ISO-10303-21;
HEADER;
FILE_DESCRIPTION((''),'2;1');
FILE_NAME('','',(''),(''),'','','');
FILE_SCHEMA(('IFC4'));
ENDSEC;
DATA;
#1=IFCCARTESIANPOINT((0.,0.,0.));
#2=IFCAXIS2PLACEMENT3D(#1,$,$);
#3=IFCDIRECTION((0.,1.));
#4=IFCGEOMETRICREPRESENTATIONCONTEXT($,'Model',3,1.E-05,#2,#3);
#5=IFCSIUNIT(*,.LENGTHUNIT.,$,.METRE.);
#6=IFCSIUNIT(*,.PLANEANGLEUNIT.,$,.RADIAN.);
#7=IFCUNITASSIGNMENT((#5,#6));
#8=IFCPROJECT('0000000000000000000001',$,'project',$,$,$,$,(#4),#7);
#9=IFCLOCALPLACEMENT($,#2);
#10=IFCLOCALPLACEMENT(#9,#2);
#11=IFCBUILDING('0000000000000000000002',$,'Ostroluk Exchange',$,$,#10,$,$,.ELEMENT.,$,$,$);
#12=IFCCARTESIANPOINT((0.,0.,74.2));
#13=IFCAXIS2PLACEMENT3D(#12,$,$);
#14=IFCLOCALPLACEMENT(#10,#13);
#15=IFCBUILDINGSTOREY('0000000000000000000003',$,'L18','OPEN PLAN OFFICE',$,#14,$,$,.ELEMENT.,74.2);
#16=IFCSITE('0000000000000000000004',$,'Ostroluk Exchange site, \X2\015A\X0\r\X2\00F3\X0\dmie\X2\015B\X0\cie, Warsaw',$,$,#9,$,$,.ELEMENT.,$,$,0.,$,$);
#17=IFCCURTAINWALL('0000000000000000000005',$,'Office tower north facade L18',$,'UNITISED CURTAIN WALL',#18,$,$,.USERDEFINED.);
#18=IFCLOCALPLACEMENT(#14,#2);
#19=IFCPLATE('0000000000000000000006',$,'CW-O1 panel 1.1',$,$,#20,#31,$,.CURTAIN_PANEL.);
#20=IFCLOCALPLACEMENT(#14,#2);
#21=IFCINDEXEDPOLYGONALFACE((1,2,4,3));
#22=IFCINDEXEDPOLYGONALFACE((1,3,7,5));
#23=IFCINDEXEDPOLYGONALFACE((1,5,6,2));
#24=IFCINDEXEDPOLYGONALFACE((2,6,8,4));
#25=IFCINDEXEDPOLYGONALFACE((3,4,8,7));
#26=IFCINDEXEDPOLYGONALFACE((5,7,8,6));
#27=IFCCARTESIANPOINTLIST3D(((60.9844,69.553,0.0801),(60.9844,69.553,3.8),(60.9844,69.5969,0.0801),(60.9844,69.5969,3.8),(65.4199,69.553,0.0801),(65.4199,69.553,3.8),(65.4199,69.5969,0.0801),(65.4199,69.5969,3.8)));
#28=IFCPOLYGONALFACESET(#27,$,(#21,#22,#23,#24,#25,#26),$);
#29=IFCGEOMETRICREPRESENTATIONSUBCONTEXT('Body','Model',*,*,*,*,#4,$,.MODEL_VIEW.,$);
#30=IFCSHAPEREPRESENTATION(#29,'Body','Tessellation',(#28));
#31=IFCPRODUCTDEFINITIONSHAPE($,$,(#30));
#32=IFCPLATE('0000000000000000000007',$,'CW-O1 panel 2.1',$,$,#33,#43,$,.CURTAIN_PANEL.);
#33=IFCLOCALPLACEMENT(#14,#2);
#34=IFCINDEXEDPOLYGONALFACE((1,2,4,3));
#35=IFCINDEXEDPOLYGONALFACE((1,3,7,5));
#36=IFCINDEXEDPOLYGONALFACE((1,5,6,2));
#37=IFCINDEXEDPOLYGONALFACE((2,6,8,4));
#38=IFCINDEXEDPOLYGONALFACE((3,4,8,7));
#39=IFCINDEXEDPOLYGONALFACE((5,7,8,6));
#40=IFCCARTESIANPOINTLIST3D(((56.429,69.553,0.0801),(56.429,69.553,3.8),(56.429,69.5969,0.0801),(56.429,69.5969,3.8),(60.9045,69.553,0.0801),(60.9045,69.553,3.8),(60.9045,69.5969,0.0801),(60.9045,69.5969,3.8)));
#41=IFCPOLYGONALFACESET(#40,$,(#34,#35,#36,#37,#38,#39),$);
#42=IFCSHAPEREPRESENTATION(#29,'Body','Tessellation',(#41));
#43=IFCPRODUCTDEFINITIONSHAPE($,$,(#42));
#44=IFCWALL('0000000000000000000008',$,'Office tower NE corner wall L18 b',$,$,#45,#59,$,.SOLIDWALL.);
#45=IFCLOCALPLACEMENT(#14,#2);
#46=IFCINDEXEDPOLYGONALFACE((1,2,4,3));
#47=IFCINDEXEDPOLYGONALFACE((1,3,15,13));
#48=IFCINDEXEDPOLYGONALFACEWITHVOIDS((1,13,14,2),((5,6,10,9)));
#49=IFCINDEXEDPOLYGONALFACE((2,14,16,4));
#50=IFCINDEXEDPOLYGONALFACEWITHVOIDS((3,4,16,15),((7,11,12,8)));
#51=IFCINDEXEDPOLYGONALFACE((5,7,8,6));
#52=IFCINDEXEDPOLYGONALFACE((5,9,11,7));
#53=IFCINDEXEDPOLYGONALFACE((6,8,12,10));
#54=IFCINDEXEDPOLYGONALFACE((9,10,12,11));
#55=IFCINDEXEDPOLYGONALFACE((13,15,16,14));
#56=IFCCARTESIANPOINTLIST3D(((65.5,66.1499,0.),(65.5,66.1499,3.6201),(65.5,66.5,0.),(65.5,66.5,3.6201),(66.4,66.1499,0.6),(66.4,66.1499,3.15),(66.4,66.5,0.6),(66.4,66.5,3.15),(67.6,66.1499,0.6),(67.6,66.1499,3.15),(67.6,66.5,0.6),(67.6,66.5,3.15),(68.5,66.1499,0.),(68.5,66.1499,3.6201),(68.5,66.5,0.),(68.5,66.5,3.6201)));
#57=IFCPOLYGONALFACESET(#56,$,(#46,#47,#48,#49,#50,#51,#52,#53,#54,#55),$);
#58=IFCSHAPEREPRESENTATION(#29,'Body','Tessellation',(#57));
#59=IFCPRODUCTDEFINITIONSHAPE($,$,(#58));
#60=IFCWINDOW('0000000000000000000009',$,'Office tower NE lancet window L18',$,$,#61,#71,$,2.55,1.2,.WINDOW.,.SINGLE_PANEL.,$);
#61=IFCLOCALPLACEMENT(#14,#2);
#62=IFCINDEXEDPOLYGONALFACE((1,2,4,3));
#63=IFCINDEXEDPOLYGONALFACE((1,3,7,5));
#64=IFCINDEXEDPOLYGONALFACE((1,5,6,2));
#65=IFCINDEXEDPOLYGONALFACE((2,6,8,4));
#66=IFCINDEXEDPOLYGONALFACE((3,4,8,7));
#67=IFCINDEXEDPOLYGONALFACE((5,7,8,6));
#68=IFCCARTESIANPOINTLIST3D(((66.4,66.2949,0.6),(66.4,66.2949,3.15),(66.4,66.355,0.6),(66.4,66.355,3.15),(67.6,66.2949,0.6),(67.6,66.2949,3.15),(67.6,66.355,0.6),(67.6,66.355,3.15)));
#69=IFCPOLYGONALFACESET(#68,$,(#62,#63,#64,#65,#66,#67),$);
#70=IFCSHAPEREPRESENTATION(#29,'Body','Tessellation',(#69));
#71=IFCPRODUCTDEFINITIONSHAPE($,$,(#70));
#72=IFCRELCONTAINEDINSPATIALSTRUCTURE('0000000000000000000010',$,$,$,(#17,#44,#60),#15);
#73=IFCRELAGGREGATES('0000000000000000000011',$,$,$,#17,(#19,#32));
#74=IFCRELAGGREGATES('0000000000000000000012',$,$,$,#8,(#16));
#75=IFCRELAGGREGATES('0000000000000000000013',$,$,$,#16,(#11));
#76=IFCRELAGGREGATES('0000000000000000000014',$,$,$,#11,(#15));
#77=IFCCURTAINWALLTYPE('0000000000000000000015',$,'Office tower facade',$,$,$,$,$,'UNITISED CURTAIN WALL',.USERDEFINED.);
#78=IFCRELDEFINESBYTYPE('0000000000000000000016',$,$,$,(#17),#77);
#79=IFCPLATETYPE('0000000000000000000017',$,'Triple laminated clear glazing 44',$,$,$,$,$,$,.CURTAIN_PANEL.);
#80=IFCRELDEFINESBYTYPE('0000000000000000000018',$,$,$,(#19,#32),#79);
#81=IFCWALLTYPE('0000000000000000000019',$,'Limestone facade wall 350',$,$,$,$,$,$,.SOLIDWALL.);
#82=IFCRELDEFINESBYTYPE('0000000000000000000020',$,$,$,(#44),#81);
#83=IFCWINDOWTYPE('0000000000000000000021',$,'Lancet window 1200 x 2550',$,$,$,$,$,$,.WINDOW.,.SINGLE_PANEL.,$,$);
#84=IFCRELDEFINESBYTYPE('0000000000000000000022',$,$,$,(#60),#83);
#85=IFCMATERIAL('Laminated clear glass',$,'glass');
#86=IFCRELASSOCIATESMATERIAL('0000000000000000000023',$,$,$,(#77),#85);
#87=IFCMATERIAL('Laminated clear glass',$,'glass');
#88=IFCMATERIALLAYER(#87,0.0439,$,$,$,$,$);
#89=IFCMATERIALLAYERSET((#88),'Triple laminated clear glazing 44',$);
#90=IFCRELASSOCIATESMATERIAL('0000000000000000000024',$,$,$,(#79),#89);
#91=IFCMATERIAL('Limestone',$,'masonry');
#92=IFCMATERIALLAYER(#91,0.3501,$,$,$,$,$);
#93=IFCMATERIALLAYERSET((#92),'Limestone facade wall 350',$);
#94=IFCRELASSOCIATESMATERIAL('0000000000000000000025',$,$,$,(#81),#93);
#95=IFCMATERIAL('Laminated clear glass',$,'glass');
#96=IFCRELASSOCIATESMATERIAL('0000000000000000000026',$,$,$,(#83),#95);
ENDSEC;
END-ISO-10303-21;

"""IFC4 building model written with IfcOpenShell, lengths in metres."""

from ifc_helpers import new_model, si_unit, direction, frame, frame_2d, origin, origin_2d, place, context, subcontext, project, spatial, rectangle, extrude, material, layer, layer_set, type_object, element, fill, aggregate, save


model = new_model("IFC4")

# Units and contexts
model_context = context("Model", 3, precision=1e-05, world=origin(), true_north=direction((0.0, 1.0)))
body_context = subcontext(model_context, "Body", "Model", "MODEL_VIEW")
ifc_project = project(units=[si_unit("LENGTHUNIT", "METRE"), si_unit("PLANEANGLEUNIT", "RADIAN")], contexts=[model_context])

# Site, building, storey
site_placement = place(None, origin())
site = spatial("IfcSite", under=ifc_project, at=site_placement, Name="Ostroluk Exchange site, Śródmieście, Warsaw", CompositionType="ELEMENT", RefElevation=0.0)
building_placement = place(site_placement, origin())
building = spatial("IfcBuilding", under=site, at=building_placement, Name="Ostroluk Exchange", CompositionType="ELEMENT")
storey_placement = place(building_placement, frame((0.0, 0.0, 74.2)))
storey = spatial("IfcBuildingStorey", under=building, at=storey_placement, Name="L18", Description="OPEN PLAN OFFICE", CompositionType="ELEMENT", Elevation=74.2)

# Curtain wall
ifc_material_1 = material(Name="Laminated clear glass", Category="glass")
curtain_wall_type = type_object("IfcCurtainWallType", Name="Office tower facade", ElementType="UNITISED CURTAIN WALL", PredefinedType="USERDEFINED", material=ifc_material_1)
curtain_wall_placement = place(storey_placement, origin())
curtain_wall = element("IfcCurtainWall", 1, at=curtain_wall_placement, inside=storey, type_object=curtain_wall_type, Name="Office tower north facade L18", ObjectType="UNITISED CURTAIN WALL", PredefinedType="USERDEFINED")

# Plates
ifc_material_2 = material(Name="Laminated clear glass", Category="glass")
ifc_layer_1 = layer(ifc_material_2, 0.0439)
ifc_layer_set_1 = layer_set([ifc_layer_1], Name="Triple laminated clear glazing 44")
plate_type_1 = type_object("IfcPlateType", Name="Triple laminated clear glazing 44", PredefinedType="CURTAIN_PANEL", material=ifc_layer_set_1)
plate_1_placement = place(storey_placement, frame((63.2021, 69.575, 0.0801), z_axis=(0.0, 0.0, 1.0), x_axis=(-1.0, 0.0, 0.0)))
plate_1 = element("IfcPlate", 2, at=plate_1_placement, type_object=plate_type_1, Name="CW-O1 panel 1.1", PredefinedType="CURTAIN_PANEL", context=body_context, shape_type="SweptSolid", body=[
    extrude(rectangle(XDim=4.4355, YDim=0.0439, at=origin_2d()), origin(), (0.0, 0.0, 1.0), 3.72),
])
plate_2_placement = place(storey_placement, frame((58.6667, 69.575, 0.0801), z_axis=(0.0, 0.0, 1.0), x_axis=(-1.0, 0.0, 0.0)))
plate_2 = element("IfcPlate", 3, at=plate_2_placement, type_object=plate_type_1, Name="CW-O1 panel 2.1", PredefinedType="CURTAIN_PANEL", context=body_context, shape_type="SweptSolid", body=[
    extrude(rectangle(XDim=4.4756, YDim=0.0439, at=origin_2d()), origin(), (0.0, 0.0, 1.0), 3.72),
])
aggregate(curtain_wall, [plate_1, plate_2])

# Shared definitions
ifc_material_3 = material(Name="Limestone", Category="masonry")
ifc_layer_2 = layer(ifc_material_3, 0.3501)
ifc_layer_set_2 = layer_set([ifc_layer_2], Name="Limestone facade wall 350")
wall_type = type_object("IfcWallType", Name="Limestone facade wall 350", PredefinedType="SOLIDWALL", material=ifc_layer_set_2)

# Wall, opening, window
wall_1_placement = place(storey_placement, frame((65.5, 66.325, 0.0), z_axis=(0.0, 0.0, 1.0), x_axis=(1.0, 0.0, 0.0)))
wall_1 = element("IfcWall", 4, at=wall_1_placement, inside=storey, type_object=wall_type, Name="Office tower NE corner wall L18 b", PredefinedType="SOLIDWALL", context=body_context, shape_type="SweptSolid", body=[
    extrude(rectangle(XDim=3.0, YDim=0.3501, at=frame_2d((1.5, 0.0))), origin(), (0.0, 0.0, 1.0), 3.6201),
])
opening_1_placement = place(wall_1_placement, frame((0.8999, 0.0, 0.6001)))
opening_1 = element("IfcOpeningElement", 5, at=opening_1_placement, cuts=wall_1, PredefinedType="OPENING", context=body_context, shape_type="SweptSolid", body=[
    extrude(rectangle(XDim=1.2, YDim=2.55, at=frame_2d((0.6001, 1.2749))), frame((0.0, 0.1851, 0.0), z_axis=(0.0, -1.0, 0.0), x_axis=(1.0, 0.0, 0.0)), (0.0, 0.0, 1.0), 0.3701),
])
ifc_material_4 = material(Name="Laminated clear glass", Category="glass")
window_type = type_object("IfcWindowType", Name="Lancet window 1200 x 2550", PartitioningType="SINGLE_PANEL", PredefinedType="WINDOW", material=ifc_material_4)
window_placement = place(opening_1_placement, origin())
window = element("IfcWindow", 6, at=window_placement, inside=storey, type_object=window_type, Name="Office tower NE lancet window L18", OverallHeight=2.55, OverallWidth=1.2, PartitioningType="SINGLE_PANEL", PredefinedType="WINDOW", context=body_context, shape_type="SweptSolid", body=[
    extrude(rectangle(XDim=1.2, YDim=2.55, at=frame_2d((0.6001, 1.2749))), frame((0.0, 0.03, 0.0), z_axis=(0.0, -1.0, 0.0), x_axis=(1.0, 0.0, 0.0)), (0.0, 0.0, 1.0), 0.0601),
])
fill(opening_1, window)

save(model, "model.ifc")
